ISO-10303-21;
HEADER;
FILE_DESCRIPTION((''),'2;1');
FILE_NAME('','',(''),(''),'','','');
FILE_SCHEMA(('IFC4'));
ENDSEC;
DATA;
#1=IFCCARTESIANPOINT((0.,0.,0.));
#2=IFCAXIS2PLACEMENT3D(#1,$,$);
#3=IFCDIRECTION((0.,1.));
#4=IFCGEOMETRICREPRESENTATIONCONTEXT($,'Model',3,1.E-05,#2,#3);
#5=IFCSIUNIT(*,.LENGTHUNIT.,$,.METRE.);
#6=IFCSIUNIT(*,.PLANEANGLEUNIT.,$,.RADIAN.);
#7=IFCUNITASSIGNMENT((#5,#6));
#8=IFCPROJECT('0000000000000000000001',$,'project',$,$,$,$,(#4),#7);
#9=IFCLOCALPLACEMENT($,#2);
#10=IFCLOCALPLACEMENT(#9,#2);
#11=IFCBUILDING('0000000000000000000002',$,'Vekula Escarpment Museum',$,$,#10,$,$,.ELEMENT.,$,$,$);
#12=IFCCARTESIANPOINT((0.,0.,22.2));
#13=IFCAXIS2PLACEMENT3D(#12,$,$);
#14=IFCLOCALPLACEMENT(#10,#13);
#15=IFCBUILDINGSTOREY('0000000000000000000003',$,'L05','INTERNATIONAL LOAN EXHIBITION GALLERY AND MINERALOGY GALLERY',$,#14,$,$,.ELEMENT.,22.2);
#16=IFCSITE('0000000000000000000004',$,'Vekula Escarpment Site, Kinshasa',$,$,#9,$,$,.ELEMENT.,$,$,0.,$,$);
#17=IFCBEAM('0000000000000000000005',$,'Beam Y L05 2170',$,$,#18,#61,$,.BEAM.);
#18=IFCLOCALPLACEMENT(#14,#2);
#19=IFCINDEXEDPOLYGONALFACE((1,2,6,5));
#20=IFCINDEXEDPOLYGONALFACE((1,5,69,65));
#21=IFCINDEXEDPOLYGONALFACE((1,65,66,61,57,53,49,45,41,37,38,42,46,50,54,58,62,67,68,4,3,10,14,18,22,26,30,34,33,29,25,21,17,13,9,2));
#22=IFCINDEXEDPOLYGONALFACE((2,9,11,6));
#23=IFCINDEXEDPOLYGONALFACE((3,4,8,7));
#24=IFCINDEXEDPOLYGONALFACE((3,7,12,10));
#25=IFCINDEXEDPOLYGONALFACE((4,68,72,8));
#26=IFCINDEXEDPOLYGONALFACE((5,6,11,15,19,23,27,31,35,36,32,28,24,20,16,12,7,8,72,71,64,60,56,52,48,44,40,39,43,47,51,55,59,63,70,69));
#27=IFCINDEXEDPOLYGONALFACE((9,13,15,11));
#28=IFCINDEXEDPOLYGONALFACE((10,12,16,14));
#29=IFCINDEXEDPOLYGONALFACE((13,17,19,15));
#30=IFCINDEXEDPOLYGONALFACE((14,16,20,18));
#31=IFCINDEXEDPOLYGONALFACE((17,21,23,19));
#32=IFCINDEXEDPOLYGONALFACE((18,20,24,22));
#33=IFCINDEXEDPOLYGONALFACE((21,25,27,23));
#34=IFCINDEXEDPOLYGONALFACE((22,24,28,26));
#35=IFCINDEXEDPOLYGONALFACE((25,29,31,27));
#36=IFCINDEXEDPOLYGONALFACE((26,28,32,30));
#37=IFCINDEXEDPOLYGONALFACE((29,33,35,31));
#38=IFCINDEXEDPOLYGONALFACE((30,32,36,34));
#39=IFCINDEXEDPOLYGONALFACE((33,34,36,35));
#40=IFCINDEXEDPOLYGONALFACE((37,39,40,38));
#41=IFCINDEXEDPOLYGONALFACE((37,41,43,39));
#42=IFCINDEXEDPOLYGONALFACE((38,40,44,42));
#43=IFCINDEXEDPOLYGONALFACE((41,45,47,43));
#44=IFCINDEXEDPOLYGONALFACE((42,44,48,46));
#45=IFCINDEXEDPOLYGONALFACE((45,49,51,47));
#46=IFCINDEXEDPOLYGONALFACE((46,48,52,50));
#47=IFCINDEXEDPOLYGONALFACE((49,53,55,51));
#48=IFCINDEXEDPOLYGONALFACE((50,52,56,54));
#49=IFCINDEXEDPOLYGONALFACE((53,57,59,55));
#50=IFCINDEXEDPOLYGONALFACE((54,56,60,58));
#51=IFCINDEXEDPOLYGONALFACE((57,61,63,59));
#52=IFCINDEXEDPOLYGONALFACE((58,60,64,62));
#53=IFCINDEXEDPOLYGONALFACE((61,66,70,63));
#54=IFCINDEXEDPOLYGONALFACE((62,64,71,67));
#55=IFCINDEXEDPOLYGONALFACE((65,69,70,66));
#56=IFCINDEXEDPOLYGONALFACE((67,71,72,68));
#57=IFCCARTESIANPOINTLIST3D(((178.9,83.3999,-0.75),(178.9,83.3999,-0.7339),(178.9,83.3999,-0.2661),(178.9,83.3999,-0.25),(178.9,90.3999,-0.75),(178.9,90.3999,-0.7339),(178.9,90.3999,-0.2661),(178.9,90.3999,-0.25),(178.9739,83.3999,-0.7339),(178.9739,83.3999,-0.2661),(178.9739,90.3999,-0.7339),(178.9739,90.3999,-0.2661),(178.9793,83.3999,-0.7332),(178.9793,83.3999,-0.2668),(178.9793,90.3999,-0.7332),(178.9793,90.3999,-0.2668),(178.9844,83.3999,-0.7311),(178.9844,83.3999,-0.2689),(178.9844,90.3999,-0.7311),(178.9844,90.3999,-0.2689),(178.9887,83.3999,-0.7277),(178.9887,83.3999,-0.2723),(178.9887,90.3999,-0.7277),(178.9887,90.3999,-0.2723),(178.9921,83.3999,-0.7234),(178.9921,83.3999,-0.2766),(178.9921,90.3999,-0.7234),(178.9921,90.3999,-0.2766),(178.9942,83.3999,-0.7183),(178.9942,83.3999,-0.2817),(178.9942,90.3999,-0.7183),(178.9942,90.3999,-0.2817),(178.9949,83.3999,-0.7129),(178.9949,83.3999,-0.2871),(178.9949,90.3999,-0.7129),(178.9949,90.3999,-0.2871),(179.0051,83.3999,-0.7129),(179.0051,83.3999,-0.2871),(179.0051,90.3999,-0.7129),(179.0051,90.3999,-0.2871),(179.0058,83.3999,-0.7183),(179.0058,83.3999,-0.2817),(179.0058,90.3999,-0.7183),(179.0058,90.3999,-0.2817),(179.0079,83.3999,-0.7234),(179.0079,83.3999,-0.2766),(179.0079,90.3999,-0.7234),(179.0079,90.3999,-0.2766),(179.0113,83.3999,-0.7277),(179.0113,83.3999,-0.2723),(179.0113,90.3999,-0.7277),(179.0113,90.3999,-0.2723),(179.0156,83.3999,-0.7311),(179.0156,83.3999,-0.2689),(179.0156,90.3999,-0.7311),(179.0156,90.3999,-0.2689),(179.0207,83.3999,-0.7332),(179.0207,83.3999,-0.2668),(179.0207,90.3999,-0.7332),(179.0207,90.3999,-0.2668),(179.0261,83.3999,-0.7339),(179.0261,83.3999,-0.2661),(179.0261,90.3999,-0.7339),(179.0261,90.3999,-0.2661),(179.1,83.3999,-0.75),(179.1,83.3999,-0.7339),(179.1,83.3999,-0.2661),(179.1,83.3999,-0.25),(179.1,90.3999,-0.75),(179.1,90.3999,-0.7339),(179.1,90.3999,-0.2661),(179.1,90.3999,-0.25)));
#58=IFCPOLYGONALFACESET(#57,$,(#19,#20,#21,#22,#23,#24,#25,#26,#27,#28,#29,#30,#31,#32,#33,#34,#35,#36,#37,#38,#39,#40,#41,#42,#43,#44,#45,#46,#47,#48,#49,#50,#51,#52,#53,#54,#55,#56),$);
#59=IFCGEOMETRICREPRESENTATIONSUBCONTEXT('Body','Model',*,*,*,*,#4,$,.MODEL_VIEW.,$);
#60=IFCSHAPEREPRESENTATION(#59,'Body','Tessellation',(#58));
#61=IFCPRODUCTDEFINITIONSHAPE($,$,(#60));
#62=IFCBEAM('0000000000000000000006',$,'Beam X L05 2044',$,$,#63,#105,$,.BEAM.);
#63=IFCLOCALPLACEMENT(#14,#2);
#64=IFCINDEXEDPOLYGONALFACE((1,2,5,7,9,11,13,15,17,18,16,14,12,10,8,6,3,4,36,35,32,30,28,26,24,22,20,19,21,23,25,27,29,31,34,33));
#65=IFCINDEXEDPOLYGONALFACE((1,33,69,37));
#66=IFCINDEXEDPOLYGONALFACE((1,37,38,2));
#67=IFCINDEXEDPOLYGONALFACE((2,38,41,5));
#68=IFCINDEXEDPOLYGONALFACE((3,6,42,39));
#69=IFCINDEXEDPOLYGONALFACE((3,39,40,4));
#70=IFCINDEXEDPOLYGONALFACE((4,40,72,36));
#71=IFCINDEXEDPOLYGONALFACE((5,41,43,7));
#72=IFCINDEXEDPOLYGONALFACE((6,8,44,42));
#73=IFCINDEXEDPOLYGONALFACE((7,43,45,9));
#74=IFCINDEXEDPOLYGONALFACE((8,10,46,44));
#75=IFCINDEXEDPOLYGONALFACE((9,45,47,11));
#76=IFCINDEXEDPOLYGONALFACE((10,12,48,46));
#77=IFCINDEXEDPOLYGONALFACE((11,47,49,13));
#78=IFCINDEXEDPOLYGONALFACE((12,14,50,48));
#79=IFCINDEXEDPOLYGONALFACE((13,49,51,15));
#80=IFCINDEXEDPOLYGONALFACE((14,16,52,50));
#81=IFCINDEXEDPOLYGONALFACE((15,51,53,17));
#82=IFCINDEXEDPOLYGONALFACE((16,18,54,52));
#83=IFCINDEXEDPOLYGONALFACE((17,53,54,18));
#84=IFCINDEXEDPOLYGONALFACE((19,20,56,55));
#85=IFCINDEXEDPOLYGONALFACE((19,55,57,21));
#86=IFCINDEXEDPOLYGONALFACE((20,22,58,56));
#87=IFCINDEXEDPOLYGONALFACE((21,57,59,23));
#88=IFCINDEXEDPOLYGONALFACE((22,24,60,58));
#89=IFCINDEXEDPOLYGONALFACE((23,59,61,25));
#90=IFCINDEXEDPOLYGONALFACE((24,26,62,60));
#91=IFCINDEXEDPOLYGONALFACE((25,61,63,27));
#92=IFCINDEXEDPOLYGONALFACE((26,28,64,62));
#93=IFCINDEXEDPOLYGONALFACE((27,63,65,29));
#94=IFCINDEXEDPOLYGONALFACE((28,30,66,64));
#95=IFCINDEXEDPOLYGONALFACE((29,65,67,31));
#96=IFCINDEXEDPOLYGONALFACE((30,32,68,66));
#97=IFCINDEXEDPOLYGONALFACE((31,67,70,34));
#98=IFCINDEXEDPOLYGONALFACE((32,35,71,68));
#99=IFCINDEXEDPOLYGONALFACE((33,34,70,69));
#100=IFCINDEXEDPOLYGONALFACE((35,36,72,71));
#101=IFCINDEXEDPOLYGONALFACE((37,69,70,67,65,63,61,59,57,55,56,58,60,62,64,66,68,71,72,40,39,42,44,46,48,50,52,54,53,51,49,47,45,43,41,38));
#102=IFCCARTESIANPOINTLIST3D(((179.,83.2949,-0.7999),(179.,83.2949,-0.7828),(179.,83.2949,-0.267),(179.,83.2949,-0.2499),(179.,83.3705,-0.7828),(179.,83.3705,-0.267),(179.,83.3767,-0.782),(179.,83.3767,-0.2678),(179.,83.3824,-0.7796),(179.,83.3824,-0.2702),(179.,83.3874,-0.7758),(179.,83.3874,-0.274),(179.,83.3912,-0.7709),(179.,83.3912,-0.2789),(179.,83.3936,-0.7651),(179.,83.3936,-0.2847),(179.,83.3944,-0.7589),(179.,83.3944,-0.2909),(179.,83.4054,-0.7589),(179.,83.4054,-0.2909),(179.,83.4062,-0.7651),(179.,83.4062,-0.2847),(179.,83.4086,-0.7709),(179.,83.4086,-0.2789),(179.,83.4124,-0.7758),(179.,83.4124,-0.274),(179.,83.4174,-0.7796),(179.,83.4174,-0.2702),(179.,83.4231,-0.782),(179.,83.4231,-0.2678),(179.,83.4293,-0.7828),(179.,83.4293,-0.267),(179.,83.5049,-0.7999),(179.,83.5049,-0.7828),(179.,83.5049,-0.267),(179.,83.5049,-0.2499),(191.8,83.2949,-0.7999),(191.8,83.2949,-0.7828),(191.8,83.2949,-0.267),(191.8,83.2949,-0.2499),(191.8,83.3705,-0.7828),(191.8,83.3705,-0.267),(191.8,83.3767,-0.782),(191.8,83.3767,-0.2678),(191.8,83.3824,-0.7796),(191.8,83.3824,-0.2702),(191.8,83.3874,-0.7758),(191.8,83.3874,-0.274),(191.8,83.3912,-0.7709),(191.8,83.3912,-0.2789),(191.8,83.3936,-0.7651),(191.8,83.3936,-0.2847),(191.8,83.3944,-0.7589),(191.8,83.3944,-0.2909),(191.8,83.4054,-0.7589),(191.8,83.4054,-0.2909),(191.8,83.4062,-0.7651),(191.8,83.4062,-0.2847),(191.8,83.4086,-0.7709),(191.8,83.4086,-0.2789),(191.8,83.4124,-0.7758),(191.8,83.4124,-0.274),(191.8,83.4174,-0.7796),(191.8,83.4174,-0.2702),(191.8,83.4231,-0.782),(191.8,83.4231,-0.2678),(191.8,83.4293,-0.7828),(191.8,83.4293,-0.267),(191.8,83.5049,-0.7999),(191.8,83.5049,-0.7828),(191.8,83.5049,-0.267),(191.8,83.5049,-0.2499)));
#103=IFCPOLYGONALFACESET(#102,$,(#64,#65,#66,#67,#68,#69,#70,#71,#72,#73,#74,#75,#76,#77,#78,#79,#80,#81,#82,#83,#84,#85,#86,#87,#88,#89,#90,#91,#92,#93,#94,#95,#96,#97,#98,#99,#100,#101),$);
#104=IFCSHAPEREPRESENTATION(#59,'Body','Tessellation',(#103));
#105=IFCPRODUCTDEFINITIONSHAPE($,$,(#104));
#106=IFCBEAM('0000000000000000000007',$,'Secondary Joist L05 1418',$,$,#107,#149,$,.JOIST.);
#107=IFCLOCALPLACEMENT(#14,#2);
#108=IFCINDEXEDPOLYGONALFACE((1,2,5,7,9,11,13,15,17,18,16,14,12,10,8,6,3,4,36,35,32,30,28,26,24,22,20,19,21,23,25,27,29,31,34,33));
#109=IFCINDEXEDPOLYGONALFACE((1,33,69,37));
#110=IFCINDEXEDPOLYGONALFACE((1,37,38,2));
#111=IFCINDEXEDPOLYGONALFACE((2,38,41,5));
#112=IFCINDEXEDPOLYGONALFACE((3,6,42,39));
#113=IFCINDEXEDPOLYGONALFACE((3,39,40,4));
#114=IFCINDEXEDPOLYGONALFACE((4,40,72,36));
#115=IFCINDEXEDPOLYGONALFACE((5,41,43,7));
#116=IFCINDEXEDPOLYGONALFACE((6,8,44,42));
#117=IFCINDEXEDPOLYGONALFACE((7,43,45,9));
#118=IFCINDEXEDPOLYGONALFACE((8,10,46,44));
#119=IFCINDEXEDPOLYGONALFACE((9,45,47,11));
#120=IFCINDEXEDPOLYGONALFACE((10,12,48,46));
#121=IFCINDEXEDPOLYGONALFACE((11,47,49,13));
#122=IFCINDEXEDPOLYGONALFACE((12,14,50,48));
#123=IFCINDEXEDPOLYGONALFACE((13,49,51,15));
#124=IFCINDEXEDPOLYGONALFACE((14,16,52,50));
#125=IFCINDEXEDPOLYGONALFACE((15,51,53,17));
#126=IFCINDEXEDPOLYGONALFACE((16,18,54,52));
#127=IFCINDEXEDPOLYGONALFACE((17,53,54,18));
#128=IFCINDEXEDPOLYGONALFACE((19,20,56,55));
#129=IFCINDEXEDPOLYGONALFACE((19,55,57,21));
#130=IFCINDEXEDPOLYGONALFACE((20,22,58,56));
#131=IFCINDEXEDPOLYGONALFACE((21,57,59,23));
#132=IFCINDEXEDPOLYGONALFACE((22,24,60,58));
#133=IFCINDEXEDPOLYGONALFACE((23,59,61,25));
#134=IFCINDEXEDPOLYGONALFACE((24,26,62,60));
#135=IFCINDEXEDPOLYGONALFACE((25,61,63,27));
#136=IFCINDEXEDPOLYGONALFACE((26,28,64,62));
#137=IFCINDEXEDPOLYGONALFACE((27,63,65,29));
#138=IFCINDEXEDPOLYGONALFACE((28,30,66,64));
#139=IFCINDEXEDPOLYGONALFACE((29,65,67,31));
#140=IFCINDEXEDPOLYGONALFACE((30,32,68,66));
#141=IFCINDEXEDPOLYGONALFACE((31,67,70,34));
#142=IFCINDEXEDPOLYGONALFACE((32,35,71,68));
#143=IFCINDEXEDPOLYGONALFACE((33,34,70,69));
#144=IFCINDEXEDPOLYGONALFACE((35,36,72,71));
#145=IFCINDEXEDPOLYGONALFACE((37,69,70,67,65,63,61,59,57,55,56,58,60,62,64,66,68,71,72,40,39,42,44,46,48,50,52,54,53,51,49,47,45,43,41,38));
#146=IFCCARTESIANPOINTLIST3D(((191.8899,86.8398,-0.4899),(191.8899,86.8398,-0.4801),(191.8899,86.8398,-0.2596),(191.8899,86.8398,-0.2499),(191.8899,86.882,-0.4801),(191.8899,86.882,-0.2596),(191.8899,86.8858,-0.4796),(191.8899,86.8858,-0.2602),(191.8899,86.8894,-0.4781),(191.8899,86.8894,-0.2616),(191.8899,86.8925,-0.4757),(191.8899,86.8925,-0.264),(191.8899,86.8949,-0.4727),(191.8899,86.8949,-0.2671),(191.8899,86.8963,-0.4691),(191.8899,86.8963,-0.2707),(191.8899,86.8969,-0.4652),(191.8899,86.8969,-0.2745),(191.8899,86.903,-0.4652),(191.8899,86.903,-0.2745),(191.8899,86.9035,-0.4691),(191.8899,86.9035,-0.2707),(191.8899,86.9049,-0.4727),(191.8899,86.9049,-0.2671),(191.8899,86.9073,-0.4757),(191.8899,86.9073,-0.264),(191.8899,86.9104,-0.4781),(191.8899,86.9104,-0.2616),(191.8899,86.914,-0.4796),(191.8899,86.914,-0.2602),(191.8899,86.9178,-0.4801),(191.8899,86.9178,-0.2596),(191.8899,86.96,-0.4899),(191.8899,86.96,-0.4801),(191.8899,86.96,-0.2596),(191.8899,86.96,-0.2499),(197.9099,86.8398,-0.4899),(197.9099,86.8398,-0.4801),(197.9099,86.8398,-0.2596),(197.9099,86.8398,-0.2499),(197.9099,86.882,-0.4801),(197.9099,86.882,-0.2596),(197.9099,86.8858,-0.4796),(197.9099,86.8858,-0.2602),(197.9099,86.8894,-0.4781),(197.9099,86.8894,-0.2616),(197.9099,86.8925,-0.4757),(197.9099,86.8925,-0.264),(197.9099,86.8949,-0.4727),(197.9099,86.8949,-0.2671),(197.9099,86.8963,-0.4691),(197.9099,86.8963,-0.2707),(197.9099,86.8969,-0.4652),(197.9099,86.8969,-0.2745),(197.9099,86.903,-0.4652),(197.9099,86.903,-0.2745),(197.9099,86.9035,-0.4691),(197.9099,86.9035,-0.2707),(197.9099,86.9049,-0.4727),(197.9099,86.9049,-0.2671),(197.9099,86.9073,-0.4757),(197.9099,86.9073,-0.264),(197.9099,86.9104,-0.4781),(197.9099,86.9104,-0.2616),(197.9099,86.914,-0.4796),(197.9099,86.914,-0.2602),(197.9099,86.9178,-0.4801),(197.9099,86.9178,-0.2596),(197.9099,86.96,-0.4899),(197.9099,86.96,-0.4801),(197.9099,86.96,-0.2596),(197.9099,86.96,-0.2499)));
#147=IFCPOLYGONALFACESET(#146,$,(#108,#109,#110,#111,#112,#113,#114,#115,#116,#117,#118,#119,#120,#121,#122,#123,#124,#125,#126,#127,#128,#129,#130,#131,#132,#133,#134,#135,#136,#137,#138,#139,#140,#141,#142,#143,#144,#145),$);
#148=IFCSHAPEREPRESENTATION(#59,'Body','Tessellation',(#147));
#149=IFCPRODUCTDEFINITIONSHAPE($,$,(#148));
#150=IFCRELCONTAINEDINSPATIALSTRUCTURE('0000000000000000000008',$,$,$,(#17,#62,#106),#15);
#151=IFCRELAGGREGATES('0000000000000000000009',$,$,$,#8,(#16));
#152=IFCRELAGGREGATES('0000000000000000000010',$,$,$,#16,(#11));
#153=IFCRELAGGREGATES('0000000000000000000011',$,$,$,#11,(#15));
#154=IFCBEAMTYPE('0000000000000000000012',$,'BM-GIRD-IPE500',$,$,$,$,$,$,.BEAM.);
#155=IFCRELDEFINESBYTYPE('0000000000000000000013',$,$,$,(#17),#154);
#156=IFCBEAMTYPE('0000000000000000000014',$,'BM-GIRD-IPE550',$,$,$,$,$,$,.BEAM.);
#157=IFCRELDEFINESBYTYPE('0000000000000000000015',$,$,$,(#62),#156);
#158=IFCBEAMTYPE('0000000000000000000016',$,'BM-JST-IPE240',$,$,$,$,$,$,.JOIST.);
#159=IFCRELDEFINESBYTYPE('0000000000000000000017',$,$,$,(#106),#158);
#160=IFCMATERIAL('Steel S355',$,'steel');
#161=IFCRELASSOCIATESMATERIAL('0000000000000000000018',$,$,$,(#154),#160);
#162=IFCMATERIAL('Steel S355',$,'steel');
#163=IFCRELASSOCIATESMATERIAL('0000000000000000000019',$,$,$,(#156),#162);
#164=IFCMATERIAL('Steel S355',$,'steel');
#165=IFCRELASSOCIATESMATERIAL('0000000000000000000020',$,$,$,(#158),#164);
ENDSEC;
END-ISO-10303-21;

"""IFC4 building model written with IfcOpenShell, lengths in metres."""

from ifc_helpers import new_model, si_unit, direction, frame, origin, origin_2d, place, context, subcontext, project, spatial, i_section, extrude, material, material_profile, profile_set, type_object, element, save


model = new_model("IFC4")

# Units and contexts
model_context = context("Model", 3, precision=1e-05, world=origin(), true_north=direction((0.0, 1.0)))
body_context = subcontext(model_context, "Body", "Model", "MODEL_VIEW")
ifc_project = project(units=[si_unit("LENGTHUNIT", "METRE"), si_unit("PLANEANGLEUNIT", "RADIAN")], contexts=[model_context])

# Site, building, storey
site_placement = place(None, origin())
site = spatial("IfcSite", under=ifc_project, at=site_placement, Name="Vekula Escarpment Site, Kinshasa", CompositionType="ELEMENT", RefElevation=0.0)
building_placement = place(site_placement, origin())
building = spatial("IfcBuilding", under=site, at=building_placement, Name="Vekula Escarpment Museum", CompositionType="ELEMENT")
storey_placement = place(building_placement, frame((0.0, 0.0, 22.2)))
storey = spatial("IfcBuildingStorey", under=building, at=storey_placement, Name="L05", Description="INTERNATIONAL LOAN EXHIBITION GALLERY AND MINERALOGY GALLERY", CompositionType="ELEMENT", Elevation=22.2)

# Beams
ifc_material_1 = material(Name="Steel S355", Category="steel")
ifc_material_profile_1 = material_profile(ifc_material_1, i_section(OverallWidth=0.2, OverallDepth=0.5, WebThickness=0.0103, FlangeThickness=0.0161, FilletRadius=0.021, at=origin_2d()), Name="IPE 500")
ifc_profile_set_1 = profile_set([ifc_material_profile_1], Name="Steel S355")
beam_type_1 = type_object("IfcBeamType", Name="BM-GIRD-IPE500", PredefinedType="BEAM", material=ifc_profile_set_1)
beam_1_placement = place(storey_placement, frame((179.0, 83.3999, -0.5), z_axis=(0.0, 1.0, 0.0), x_axis=(-1.0, 0.0, 0.0)))
element("IfcBeam", 1, at=beam_1_placement, inside=storey, type_object=beam_type_1, Name="Beam Y L05 2170", PredefinedType="BEAM", context=body_context, shape_type="SweptSolid", body=[
    extrude(i_section(OverallWidth=0.2, OverallDepth=0.5, WebThickness=0.0103, FlangeThickness=0.0161, FilletRadius=0.021, at=origin_2d()), origin(), (0.0, 0.0, 1.0), 7.0),
])
ifc_material_2 = material(Name="Steel S355", Category="steel")
ifc_material_profile_2 = material_profile(ifc_material_2, i_section(OverallWidth=0.21, OverallDepth=0.55, WebThickness=0.011, FlangeThickness=0.0171, FilletRadius=0.0239, at=origin_2d()), Name="IPE 550")
ifc_profile_set_2 = profile_set([ifc_material_profile_2], Name="Steel S355")
beam_type_2 = type_object("IfcBeamType", Name="BM-GIRD-IPE550", PredefinedType="BEAM", material=ifc_profile_set_2)
beam_2_placement = place(storey_placement, frame((179.0, 83.3999, -0.5249), z_axis=(1.0, 0.0, 0.0), x_axis=(0.0, 1.0, 0.0)))
element("IfcBeam", 2, at=beam_2_placement, inside=storey, type_object=beam_type_2, Name="Beam X L05 2044", PredefinedType="BEAM", context=body_context, shape_type="SweptSolid", body=[
    extrude(i_section(OverallWidth=0.21, OverallDepth=0.55, WebThickness=0.011, FlangeThickness=0.0171, FilletRadius=0.0239, at=origin_2d()), origin(), (0.0, 0.0, 1.0), 12.8),
])
ifc_material_3 = material(Name="Steel S355", Category="steel")
ifc_material_profile_3 = material_profile(ifc_material_3, i_section(OverallWidth=0.1201, OverallDepth=0.24, WebThickness=0.0061, FlangeThickness=0.0098, FilletRadius=0.0149, at=origin_2d()), Name="IPE 240")
ifc_profile_set_3 = profile_set([ifc_material_profile_3], Name="Steel S355")
beam_type_3 = type_object("IfcBeamType", Name="BM-JST-IPE240", PredefinedType="JOIST", material=ifc_profile_set_3)
beam_3_placement = place(storey_placement, frame((191.8899, 86.8999, -0.3699), z_axis=(1.0, 0.0, 0.0), x_axis=(0.0, 1.0, 0.0)))
element("IfcBeam", 3, at=beam_3_placement, inside=storey, type_object=beam_type_3, Name="Secondary Joist L05 1418", PredefinedType="JOIST", context=body_context, shape_type="SweptSolid", body=[
    extrude(i_section(OverallWidth=0.1201, OverallDepth=0.24, WebThickness=0.0061, FlangeThickness=0.0098, FilletRadius=0.0149, at=origin_2d()), origin(), (0.0, 0.0, 1.0), 6.02),
])

save(model, "model.ifc")
